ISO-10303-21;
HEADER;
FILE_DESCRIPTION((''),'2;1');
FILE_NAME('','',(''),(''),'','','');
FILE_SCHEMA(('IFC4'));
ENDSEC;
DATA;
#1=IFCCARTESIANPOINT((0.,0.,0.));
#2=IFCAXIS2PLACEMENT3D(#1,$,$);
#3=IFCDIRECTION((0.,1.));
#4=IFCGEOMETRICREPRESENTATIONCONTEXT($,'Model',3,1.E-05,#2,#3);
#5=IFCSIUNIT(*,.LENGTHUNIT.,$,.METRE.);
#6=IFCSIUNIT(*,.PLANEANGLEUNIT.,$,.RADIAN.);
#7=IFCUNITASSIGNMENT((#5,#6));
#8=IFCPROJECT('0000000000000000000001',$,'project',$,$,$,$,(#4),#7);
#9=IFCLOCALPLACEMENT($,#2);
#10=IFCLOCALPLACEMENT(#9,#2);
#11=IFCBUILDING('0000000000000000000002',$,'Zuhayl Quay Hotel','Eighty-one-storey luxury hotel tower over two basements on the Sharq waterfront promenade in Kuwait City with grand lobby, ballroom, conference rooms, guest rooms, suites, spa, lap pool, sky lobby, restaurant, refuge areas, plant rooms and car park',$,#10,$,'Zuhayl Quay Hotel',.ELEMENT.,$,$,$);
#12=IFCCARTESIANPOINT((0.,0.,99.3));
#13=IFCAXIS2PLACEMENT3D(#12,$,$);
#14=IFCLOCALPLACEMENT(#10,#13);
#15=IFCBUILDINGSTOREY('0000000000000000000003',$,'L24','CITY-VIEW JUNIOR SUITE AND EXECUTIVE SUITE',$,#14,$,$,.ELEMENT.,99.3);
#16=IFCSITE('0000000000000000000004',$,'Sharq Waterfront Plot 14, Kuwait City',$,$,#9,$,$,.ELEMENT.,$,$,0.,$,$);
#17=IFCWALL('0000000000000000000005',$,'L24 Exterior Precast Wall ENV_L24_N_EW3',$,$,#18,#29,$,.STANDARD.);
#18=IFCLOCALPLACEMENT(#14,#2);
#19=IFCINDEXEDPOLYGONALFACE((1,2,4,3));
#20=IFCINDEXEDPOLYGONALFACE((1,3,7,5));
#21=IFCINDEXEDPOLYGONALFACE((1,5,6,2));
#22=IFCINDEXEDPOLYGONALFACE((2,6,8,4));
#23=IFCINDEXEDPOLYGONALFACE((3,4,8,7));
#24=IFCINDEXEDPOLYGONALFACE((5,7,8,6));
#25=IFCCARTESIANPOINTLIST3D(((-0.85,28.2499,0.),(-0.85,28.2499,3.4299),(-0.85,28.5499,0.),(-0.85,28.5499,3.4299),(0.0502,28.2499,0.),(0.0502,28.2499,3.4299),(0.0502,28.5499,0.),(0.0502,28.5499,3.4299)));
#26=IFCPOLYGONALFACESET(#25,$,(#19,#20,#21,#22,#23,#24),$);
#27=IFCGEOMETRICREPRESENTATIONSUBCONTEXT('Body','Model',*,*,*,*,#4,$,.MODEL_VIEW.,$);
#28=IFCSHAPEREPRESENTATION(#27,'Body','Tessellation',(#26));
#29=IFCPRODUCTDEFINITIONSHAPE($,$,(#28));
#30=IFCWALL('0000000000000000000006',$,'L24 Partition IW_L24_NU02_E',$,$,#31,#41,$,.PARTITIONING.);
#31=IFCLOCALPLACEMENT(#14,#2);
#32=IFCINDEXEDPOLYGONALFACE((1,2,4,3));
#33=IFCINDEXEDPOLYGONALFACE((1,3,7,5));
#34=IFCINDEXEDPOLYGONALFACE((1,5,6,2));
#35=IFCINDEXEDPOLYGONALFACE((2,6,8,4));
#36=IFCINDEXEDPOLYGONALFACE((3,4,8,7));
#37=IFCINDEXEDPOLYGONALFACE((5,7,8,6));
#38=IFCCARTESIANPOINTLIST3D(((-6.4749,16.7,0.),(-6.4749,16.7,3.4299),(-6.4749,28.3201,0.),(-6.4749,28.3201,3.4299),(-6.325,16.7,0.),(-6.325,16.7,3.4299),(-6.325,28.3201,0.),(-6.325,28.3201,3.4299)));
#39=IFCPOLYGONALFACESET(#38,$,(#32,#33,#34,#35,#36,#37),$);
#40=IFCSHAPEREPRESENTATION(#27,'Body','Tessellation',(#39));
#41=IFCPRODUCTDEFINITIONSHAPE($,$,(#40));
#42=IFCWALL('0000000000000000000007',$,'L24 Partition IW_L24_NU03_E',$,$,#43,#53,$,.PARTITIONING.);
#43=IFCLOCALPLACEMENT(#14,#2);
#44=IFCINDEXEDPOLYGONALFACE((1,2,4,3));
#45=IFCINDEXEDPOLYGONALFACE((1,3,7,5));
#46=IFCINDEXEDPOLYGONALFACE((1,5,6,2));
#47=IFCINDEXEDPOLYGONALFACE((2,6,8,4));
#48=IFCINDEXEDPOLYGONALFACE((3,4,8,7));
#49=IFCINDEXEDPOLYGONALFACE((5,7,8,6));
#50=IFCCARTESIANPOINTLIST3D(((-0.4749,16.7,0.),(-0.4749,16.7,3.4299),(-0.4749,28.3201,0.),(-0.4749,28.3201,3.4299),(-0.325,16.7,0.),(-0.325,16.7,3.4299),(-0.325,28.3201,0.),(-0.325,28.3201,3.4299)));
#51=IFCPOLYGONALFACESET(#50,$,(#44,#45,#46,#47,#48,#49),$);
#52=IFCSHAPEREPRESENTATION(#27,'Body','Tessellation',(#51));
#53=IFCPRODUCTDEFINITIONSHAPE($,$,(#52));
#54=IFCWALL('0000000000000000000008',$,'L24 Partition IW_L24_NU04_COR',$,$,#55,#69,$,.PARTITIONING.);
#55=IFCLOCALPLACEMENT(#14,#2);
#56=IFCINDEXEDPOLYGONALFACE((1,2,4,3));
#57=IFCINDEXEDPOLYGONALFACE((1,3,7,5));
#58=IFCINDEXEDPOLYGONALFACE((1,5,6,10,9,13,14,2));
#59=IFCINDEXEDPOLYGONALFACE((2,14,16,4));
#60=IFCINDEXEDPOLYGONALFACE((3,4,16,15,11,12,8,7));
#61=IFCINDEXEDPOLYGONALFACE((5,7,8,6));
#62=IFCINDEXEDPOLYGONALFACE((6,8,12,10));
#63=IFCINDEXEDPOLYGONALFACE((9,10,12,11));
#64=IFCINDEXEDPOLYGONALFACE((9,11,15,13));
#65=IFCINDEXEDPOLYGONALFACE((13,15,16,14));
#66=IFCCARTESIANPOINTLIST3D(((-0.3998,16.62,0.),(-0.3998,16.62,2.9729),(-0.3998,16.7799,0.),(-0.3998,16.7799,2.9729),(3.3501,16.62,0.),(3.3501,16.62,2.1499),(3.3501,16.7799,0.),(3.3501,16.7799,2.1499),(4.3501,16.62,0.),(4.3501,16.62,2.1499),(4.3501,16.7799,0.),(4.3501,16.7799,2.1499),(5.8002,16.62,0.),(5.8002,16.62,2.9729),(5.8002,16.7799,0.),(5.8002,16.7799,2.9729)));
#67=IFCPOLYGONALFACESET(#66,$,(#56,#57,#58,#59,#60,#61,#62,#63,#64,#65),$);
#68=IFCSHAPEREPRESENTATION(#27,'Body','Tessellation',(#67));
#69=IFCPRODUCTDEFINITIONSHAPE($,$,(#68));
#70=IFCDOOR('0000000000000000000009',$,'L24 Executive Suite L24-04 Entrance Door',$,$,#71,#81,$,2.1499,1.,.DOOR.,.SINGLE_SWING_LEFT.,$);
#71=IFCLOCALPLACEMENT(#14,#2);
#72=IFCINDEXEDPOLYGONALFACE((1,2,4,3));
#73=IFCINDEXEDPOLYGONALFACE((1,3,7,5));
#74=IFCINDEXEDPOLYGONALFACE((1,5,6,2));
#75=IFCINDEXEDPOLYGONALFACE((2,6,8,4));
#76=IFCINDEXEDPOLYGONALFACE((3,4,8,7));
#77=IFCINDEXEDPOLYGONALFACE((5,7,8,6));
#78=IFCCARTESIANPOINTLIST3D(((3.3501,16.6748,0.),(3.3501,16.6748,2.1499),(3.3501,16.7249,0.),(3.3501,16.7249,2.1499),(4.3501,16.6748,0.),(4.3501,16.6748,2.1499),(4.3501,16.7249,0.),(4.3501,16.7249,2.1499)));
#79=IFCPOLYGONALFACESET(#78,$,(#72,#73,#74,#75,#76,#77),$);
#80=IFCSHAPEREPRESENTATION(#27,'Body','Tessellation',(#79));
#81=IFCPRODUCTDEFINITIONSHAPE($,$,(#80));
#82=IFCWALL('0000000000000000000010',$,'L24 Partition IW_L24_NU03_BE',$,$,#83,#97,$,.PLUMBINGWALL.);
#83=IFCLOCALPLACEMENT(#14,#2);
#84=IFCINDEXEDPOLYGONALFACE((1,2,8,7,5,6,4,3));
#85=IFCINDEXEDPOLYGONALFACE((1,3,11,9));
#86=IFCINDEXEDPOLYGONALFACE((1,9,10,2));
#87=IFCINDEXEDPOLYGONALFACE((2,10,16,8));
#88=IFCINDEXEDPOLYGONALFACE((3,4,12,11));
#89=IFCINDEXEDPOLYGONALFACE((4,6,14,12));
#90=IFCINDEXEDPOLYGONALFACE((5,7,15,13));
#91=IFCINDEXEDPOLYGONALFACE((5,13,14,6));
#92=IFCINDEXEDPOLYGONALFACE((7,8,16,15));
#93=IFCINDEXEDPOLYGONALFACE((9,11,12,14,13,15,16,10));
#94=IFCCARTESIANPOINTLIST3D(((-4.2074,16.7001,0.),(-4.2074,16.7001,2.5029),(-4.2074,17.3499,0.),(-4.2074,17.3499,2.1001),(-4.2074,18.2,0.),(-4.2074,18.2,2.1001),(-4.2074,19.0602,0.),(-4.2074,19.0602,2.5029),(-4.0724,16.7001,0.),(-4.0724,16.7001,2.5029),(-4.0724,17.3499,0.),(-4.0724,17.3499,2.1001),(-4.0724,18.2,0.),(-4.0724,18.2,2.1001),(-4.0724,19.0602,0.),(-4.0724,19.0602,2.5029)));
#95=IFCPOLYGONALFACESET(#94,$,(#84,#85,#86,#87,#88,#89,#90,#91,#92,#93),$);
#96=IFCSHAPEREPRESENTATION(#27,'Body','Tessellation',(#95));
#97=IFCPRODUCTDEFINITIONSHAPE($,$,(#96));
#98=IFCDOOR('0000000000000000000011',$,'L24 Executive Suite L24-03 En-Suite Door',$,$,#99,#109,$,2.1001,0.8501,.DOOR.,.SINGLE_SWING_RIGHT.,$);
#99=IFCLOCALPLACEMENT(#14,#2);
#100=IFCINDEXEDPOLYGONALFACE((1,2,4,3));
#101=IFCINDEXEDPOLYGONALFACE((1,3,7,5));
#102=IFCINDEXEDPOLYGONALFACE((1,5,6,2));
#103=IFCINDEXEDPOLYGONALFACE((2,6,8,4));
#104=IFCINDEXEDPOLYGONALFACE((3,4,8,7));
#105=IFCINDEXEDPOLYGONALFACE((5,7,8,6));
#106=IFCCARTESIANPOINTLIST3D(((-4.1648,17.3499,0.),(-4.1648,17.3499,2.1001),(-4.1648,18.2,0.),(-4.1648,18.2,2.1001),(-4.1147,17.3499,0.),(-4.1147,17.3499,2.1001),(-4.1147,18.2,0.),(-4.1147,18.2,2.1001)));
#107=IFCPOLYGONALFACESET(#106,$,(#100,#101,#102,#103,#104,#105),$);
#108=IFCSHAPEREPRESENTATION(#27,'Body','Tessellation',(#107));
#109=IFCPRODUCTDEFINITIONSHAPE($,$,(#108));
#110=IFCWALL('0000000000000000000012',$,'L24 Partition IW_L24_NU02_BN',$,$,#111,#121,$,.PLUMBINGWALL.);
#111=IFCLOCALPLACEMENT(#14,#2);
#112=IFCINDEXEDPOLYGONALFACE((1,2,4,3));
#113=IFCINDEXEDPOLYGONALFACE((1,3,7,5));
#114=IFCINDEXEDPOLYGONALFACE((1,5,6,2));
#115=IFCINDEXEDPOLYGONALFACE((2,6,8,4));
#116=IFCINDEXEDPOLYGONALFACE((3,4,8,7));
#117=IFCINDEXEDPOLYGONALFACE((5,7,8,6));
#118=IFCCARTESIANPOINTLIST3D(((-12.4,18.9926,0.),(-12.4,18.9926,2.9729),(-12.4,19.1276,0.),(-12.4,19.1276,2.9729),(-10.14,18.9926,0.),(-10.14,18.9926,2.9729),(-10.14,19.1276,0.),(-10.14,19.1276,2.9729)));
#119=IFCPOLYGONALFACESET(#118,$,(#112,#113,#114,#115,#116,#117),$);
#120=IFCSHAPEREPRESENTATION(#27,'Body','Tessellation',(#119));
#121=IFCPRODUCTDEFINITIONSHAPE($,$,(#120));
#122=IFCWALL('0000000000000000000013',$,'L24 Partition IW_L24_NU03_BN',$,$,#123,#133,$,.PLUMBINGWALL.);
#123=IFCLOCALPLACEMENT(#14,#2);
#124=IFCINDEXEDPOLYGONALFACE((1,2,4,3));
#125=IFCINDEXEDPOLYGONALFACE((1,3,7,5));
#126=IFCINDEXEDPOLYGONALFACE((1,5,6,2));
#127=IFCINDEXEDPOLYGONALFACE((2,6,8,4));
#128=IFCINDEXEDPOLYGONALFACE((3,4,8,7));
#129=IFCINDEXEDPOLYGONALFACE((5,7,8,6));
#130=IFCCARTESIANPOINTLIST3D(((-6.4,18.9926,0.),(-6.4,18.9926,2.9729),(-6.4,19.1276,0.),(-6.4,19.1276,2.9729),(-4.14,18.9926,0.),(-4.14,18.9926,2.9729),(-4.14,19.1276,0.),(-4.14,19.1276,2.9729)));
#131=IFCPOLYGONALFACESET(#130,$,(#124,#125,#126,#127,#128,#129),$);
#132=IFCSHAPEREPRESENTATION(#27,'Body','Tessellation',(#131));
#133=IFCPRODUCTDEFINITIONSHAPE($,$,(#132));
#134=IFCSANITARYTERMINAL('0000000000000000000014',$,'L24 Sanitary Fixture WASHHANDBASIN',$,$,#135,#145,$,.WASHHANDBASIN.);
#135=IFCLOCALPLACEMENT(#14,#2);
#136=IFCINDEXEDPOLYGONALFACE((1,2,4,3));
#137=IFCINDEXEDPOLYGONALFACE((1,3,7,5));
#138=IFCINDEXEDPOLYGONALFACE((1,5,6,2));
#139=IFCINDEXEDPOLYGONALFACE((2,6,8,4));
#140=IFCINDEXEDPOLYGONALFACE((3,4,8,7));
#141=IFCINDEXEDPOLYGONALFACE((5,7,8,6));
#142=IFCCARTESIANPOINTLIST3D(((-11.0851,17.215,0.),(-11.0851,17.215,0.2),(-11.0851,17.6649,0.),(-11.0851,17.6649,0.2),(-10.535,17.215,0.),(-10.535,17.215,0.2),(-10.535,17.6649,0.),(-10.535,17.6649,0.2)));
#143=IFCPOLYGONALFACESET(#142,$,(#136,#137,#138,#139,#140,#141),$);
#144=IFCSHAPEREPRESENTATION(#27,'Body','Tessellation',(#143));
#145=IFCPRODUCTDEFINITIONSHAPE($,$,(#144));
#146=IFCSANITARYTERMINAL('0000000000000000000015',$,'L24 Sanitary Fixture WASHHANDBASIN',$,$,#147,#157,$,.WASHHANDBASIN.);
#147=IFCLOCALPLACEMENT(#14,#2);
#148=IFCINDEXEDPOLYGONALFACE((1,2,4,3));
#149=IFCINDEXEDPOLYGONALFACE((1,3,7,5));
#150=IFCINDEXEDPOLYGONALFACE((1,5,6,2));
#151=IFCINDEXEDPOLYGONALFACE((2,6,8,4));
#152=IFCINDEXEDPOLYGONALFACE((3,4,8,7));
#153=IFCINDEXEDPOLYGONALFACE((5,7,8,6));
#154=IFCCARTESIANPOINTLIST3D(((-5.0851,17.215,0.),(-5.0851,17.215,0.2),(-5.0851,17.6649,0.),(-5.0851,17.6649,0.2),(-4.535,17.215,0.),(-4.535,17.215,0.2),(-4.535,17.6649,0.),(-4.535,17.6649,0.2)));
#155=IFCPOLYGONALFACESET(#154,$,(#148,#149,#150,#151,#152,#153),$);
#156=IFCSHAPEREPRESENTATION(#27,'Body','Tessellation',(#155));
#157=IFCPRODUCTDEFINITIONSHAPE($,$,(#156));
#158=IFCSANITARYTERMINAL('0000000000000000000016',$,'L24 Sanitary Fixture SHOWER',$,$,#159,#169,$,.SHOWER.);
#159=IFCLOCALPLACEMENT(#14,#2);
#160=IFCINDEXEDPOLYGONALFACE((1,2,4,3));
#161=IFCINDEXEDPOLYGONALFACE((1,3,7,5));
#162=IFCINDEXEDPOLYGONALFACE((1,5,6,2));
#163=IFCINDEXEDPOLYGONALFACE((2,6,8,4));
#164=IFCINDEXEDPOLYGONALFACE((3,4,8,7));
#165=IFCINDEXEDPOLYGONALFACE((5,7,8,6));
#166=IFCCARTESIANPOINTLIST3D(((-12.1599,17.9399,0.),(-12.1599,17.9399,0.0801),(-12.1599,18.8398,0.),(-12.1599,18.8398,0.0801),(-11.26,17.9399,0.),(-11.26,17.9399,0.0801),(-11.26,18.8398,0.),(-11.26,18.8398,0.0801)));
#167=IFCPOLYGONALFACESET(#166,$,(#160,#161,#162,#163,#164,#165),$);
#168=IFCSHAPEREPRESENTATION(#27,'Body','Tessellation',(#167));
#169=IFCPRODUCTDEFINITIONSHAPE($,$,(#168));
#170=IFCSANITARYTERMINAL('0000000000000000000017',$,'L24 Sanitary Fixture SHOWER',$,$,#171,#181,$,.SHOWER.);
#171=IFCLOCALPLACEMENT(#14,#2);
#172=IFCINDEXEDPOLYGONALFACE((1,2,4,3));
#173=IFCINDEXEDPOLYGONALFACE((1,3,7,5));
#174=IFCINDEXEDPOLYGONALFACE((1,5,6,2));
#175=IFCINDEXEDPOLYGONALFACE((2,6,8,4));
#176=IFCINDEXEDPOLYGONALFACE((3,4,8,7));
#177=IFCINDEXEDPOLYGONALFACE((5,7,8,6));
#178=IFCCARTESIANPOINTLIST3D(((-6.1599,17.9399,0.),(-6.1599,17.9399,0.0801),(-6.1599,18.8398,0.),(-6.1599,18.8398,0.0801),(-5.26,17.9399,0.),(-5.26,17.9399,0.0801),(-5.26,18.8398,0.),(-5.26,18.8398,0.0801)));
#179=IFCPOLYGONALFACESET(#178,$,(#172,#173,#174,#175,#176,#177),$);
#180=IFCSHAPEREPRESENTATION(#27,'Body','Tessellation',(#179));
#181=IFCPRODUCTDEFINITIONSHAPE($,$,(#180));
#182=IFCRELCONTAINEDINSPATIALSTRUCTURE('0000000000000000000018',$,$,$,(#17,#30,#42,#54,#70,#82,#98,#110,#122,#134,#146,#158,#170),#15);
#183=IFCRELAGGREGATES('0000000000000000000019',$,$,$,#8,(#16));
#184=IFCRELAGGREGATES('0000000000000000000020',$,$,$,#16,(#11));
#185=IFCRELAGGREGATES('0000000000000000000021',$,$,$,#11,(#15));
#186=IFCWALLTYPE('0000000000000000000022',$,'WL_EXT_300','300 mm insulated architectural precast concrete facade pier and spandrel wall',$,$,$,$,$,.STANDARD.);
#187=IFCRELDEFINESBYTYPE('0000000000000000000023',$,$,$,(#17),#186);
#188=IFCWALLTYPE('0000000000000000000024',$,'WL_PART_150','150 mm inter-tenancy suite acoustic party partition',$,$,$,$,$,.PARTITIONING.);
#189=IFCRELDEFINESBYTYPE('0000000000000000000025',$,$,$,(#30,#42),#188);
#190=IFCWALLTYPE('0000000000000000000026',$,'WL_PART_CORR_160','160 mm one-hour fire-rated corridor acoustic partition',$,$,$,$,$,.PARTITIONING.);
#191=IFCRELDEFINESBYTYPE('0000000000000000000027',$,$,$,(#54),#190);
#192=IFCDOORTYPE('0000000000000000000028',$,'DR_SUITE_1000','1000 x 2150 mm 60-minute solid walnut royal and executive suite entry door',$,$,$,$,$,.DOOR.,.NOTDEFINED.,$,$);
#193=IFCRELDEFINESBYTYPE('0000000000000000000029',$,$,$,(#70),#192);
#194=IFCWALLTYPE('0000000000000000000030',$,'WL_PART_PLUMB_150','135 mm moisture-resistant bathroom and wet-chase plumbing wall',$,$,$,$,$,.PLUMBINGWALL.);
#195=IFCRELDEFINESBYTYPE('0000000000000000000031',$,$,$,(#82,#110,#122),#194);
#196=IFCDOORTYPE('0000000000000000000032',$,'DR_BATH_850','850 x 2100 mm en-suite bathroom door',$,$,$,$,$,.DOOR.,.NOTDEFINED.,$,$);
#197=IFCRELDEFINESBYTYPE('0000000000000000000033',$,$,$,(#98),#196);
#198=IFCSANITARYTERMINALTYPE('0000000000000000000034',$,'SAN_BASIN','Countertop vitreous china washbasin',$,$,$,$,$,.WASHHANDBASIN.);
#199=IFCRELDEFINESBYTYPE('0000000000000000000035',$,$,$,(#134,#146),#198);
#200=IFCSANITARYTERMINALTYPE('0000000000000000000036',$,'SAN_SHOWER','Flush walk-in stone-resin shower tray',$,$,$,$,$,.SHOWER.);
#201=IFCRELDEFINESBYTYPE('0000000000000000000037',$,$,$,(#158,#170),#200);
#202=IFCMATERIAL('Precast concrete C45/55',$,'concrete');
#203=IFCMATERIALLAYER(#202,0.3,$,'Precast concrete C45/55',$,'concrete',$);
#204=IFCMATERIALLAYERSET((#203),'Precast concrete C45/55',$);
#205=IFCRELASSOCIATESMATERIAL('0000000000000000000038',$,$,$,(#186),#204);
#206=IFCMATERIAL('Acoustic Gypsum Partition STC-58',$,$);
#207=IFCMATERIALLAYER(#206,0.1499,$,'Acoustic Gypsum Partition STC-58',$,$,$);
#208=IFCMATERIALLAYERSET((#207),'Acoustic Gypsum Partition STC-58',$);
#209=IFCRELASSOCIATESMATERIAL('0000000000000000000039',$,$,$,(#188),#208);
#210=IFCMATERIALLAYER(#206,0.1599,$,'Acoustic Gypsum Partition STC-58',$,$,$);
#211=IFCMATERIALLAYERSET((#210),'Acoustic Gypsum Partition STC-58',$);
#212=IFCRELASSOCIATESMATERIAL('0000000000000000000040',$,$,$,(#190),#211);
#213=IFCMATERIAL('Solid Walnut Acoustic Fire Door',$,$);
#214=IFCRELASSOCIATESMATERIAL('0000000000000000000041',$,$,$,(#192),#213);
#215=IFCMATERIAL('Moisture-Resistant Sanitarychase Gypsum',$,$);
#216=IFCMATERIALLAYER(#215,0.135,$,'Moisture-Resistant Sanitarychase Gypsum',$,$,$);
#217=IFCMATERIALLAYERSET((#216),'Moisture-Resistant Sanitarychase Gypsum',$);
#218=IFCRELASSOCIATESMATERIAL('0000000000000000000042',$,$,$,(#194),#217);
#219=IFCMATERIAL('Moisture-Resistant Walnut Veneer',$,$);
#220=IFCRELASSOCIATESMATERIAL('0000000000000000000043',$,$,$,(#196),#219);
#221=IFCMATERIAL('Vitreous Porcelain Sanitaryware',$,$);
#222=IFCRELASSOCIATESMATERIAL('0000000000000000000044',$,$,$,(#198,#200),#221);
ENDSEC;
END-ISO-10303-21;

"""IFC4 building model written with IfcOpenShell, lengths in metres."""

from ifc_helpers import new_model, si_unit, direction, frame, frame_2d, origin, origin_2d, place, context, subcontext, project, spatial, rectangle, extrude, material, layer, layer_set, type_object, element, fill, save


model = new_model("IFC4")

# Units and contexts
model_context = context("Model", 3, precision=1e-05, world=origin(), true_north=direction((0.0, 1.0)))
body_context = subcontext(model_context, "Body", "Model", "MODEL_VIEW")
ifc_project = project(units=[si_unit("LENGTHUNIT", "METRE"), si_unit("PLANEANGLEUNIT", "RADIAN")], contexts=[model_context])

# Site, building, storey
site_placement = place(None, origin())
site = spatial("IfcSite", under=ifc_project, at=site_placement, Name="Sharq Waterfront Plot 14, Kuwait City", CompositionType="ELEMENT", RefElevation=0.0)
building_placement = place(site_placement, origin())
building = spatial("IfcBuilding", under=site, at=building_placement, Name="Zuhayl Quay Hotel", Description="Eighty-one-storey luxury hotel tower over two basements on the Sharq waterfront promenade in Kuwait City with grand lobby, ballroom, conference rooms, guest rooms, suites, spa, lap pool, sky lobby, restaurant, refuge areas, plant rooms and car park", LongName="Zuhayl Quay Hotel", CompositionType="ELEMENT")
storey_placement = place(building_placement, frame((0.0, 0.0, 99.3)))
storey = spatial("IfcBuildingStorey", under=building, at=storey_placement, Name="L24", Description="CITY-VIEW JUNIOR SUITE AND EXECUTIVE SUITE", CompositionType="ELEMENT", Elevation=99.3)

# Walls
ifc_material_1 = material(Name="Precast concrete C45/55", Category="concrete")
ifc_layer_1 = layer(ifc_material_1, 0.3, Name="Precast concrete C45/55", Category="concrete")
ifc_layer_set_1 = layer_set([ifc_layer_1], Name="Precast concrete C45/55")
wall_type_1 = type_object("IfcWallType", Name="WL_EXT_300", Description="300 mm insulated architectural precast concrete facade pier and spandrel wall", PredefinedType="STANDARD", material=ifc_layer_set_1)
wall_1_placement = place(storey_placement, frame((-0.8501, 28.3999, 0.0), z_axis=(0.0, 0.0, 1.0), x_axis=(1.0, 0.0, 0.0)))
element("IfcWall", 1, at=wall_1_placement, inside=storey, type_object=wall_type_1, Name="L24 Exterior Precast Wall ENV_L24_N_EW3", PredefinedType="STANDARD", context=body_context, shape_type="SweptSolid", body=[
    extrude(rectangle(XDim=0.9001, YDim=0.3, at=frame_2d((0.4502, 0.0))), origin(), (0.0, 0.0, 1.0), 3.4299),
])
ifc_material_2 = material(Name="Acoustic Gypsum Partition STC-58")
ifc_layer_2 = layer(ifc_material_2, 0.1499, Name="Acoustic Gypsum Partition STC-58")
ifc_layer_set_2 = layer_set([ifc_layer_2], Name="Acoustic Gypsum Partition STC-58")
wall_type_2 = type_object("IfcWallType", Name="WL_PART_150", Description="150 mm inter-tenancy suite acoustic party partition", PredefinedType="PARTITIONING", material=ifc_layer_set_2)
for number, where, z_axis, x_axis, name in (
    (2, (-6.3999, 16.7, 0.0), (0.0, 0.0, 1.0), (0.0, 1.0, 0.0), "L24 Partition IW_L24_NU02_E"),
    (3, (-0.3999, 16.7, 0.0), (0.0, 0.0, 1.0), (0.0, 1.0, 0.0), "L24 Partition IW_L24_NU03_E"),
):
    element("IfcWall", number, at=place(storey_placement, frame(where, z_axis=z_axis, x_axis=x_axis)), inside=storey, type_object=wall_type_2, Name=name, PredefinedType="PARTITIONING", context=body_context, shape_type="SweptSolid", body=[
        extrude(rectangle(XDim=11.6201, YDim=0.1499, at=frame_2d((5.8101, 0.0))), origin(), (0.0, 0.0, 1.0), 3.4299),
    ])

# Walls, openings, doors
ifc_layer_3 = layer(ifc_material_2, 0.1599, Name="Acoustic Gypsum Partition STC-58")
ifc_layer_set_3 = layer_set([ifc_layer_3], Name="Acoustic Gypsum Partition STC-58")
wall_type_3 = type_object("IfcWallType", Name="WL_PART_CORR_160", Description="160 mm one-hour fire-rated corridor acoustic partition", PredefinedType="PARTITIONING", material=ifc_layer_set_3)
wall_2_placement = place(storey_placement, frame((-0.3999, 16.7, 0.0), z_axis=(0.0, 0.0, 1.0), x_axis=(1.0, 0.0, 0.0)))
wall_2 = element("IfcWall", 4, at=wall_2_placement, inside=storey, type_object=wall_type_3, Name="L24 Partition IW_L24_NU04_COR", PredefinedType="PARTITIONING", context=body_context, shape_type="SweptSolid", body=[
    extrude(rectangle(XDim=6.2, YDim=0.1599, at=frame_2d((3.1001, 0.0))), origin(), (0.0, 0.0, 1.0), 2.9729),
])
opening_1_placement = place(wall_2_placement, frame((3.75, 0.0, 0.0)))
opening_1 = element("IfcOpeningElement", 5, at=opening_1_placement, cuts=wall_2, PredefinedType="OPENING", context=body_context, shape_type="SweptSolid", body=[
    extrude(rectangle(XDim=1.0, YDim=2.1499, at=frame_2d((0.5, 1.075))), frame((0.0, 0.0898, 0.0), z_axis=(0.0, -1.0, 0.0), x_axis=(1.0, 0.0, 0.0)), (0.0, 0.0, 1.0), 0.1799),
])
ifc_material_3 = material(Name="Solid Walnut Acoustic Fire Door")
door_type_1 = type_object("IfcDoorType", Name="DR_SUITE_1000", Description="1000 x 2150 mm 60-minute solid walnut royal and executive suite entry door", OperationType="NOTDEFINED", PredefinedType="DOOR", material=ifc_material_3)
door_1_placement = place(opening_1_placement, origin())
door_1 = element("IfcDoor", 6, at=door_1_placement, inside=storey, type_object=door_type_1, Name="L24 Executive Suite L24-04 Entrance Door", OperationType="SINGLE_SWING_LEFT", OverallHeight=2.1499, OverallWidth=1.0, PredefinedType="DOOR", context=body_context, shape_type="SweptSolid", body=[
    extrude(rectangle(XDim=1.0, YDim=2.1499, at=frame_2d((0.5, 1.075))), frame((0.0, 0.0249, 0.0), z_axis=(0.0, -1.0, 0.0), x_axis=(1.0, 0.0, 0.0)), (0.0, 0.0, 1.0), 0.05),
])
fill(opening_1, door_1)
ifc_material_4 = material(Name="Moisture-Resistant Sanitarychase Gypsum")
ifc_layer_4 = layer(ifc_material_4, 0.135, Name="Moisture-Resistant Sanitarychase Gypsum")
ifc_layer_set_4 = layer_set([ifc_layer_4], Name="Moisture-Resistant Sanitarychase Gypsum")
wall_type_4 = type_object("IfcWallType", Name="WL_PART_PLUMB_150", Description="135 mm moisture-resistant bathroom and wet-chase plumbing wall", PredefinedType="PLUMBINGWALL", material=ifc_layer_set_4)
wall_3_placement = place(storey_placement, frame((-4.1399, 16.7, 0.0), z_axis=(0.0, 0.0, 1.0), x_axis=(0.0, 1.0, 0.0)))
wall_3 = element("IfcWall", 7, at=wall_3_placement, inside=storey, type_object=wall_type_4, Name="L24 Partition IW_L24_NU03_BE", PredefinedType="PLUMBINGWALL", context=body_context, shape_type="SweptSolid", body=[
    extrude(rectangle(XDim=2.3601, YDim=0.135, at=frame_2d((1.1802, 0.0))), origin(), (0.0, 0.0, 1.0), 2.5029),
])
opening_2_placement = place(wall_3_placement, frame((0.6499, 0.0, 0.0)))
opening_2 = element("IfcOpeningElement", 8, at=opening_2_placement, cuts=wall_3, PredefinedType="OPENING", context=body_context, shape_type="SweptSolid", body=[
    extrude(rectangle(XDim=0.8501, YDim=2.1001, at=frame_2d((0.425, 1.05))), frame((0.0, 0.0774, 0.0), z_axis=(0.0, -1.0, 0.0), x_axis=(1.0, 0.0, 0.0)), (0.0, 0.0, 1.0), 0.155),
])
ifc_material_5 = material(Name="Moisture-Resistant Walnut Veneer")
door_type_2 = type_object("IfcDoorType", Name="DR_BATH_850", Description="850 x 2100 mm en-suite bathroom door", OperationType="NOTDEFINED", PredefinedType="DOOR", material=ifc_material_5)
door_2_placement = place(opening_2_placement, origin())
door_2 = element("IfcDoor", 9, at=door_2_placement, inside=storey, type_object=door_type_2, Name="L24 Executive Suite L24-03 En-Suite Door", OperationType="SINGLE_SWING_RIGHT", OverallHeight=2.1001, OverallWidth=0.8501, PredefinedType="DOOR", context=body_context, shape_type="SweptSolid", body=[
    extrude(rectangle(XDim=0.8501, YDim=2.1001, at=frame_2d((0.425, 1.05))), frame((0.0, 0.0249, 0.0), z_axis=(0.0, -1.0, 0.0), x_axis=(1.0, 0.0, 0.0)), (0.0, 0.0, 1.0), 0.05),
])
fill(opening_2, door_2)

# Walls
for number, where, z_axis, x_axis, name in (
    (10, (-12.3999, 19.0601, 0.0), (0.0, 0.0, 1.0), (1.0, 0.0, 0.0), "L24 Partition IW_L24_NU02_BN"),
    (11, (-6.3999, 19.0601, 0.0), (0.0, 0.0, 1.0), (1.0, 0.0, 0.0), "L24 Partition IW_L24_NU03_BN"),
):
    element("IfcWall", number, at=place(storey_placement, frame(where, z_axis=z_axis, x_axis=x_axis)), inside=storey, type_object=wall_type_4, Name=name, PredefinedType="PLUMBINGWALL", context=body_context, shape_type="SweptSolid", body=[
        extrude(rectangle(XDim=2.26, YDim=0.135, at=frame_2d((1.1299, 0.0))), origin(), (0.0, 0.0, 1.0), 2.9729),
    ])

# Sanitary terminals
ifc_material_6 = material(Name="Vitreous Porcelain Sanitaryware")
sanitary_terminal_type_1 = type_object("IfcSanitaryTerminalType", Name="SAN_BASIN", Description="Countertop vitreous china washbasin", PredefinedType="WASHHANDBASIN", material=ifc_material_6)
for number, where, z_axis, x_axis, name in (
    (12, (-10.8101, 17.4399, 0.0), (0.0, 0.0, 1.0), (1.0, 0.0, 0.0), "L24 Sanitary Fixture WASHHANDBASIN"),
    (13, (-4.8101, 17.4399, 0.0), (0.0, 0.0, 1.0), (1.0, 0.0, 0.0), "L24 Sanitary Fixture WASHHANDBASIN"),
):
    element("IfcSanitaryTerminal", number, at=place(storey_placement, frame(where, z_axis=z_axis, x_axis=x_axis)), inside=storey, type_object=sanitary_terminal_type_1, Name=name, PredefinedType="WASHHANDBASIN", context=body_context, shape_type="SweptSolid", body=[
        extrude(rectangle(XDim=0.55, YDim=0.45, at=origin_2d()), origin(), (0.0, 0.0, 1.0), 0.2),
    ])
sanitary_terminal_type_2 = type_object("IfcSanitaryTerminalType", Name="SAN_SHOWER", Description="Flush walk-in stone-resin shower tray", PredefinedType="SHOWER", material=ifc_material_6)
for number, where, z_axis, x_axis, name in (
    (14, (-11.71, 18.3899, 0.0), (0.0, 0.0, 1.0), (1.0, 0.0, 0.0), "L24 Sanitary Fixture SHOWER"),
    (15, (-5.71, 18.3899, 0.0), (0.0, 0.0, 1.0), (1.0, 0.0, 0.0), "L24 Sanitary Fixture SHOWER"),
):
    element("IfcSanitaryTerminal", number, at=place(storey_placement, frame(where, z_axis=z_axis, x_axis=x_axis)), inside=storey, type_object=sanitary_terminal_type_2, Name=name, PredefinedType="SHOWER", context=body_context, shape_type="SweptSolid", body=[
        extrude(rectangle(XDim=0.8999, YDim=0.8999, at=origin_2d()), origin(), (0.0, 0.0, 1.0), 0.0801),
    ])

save(model, "model.ifc")
